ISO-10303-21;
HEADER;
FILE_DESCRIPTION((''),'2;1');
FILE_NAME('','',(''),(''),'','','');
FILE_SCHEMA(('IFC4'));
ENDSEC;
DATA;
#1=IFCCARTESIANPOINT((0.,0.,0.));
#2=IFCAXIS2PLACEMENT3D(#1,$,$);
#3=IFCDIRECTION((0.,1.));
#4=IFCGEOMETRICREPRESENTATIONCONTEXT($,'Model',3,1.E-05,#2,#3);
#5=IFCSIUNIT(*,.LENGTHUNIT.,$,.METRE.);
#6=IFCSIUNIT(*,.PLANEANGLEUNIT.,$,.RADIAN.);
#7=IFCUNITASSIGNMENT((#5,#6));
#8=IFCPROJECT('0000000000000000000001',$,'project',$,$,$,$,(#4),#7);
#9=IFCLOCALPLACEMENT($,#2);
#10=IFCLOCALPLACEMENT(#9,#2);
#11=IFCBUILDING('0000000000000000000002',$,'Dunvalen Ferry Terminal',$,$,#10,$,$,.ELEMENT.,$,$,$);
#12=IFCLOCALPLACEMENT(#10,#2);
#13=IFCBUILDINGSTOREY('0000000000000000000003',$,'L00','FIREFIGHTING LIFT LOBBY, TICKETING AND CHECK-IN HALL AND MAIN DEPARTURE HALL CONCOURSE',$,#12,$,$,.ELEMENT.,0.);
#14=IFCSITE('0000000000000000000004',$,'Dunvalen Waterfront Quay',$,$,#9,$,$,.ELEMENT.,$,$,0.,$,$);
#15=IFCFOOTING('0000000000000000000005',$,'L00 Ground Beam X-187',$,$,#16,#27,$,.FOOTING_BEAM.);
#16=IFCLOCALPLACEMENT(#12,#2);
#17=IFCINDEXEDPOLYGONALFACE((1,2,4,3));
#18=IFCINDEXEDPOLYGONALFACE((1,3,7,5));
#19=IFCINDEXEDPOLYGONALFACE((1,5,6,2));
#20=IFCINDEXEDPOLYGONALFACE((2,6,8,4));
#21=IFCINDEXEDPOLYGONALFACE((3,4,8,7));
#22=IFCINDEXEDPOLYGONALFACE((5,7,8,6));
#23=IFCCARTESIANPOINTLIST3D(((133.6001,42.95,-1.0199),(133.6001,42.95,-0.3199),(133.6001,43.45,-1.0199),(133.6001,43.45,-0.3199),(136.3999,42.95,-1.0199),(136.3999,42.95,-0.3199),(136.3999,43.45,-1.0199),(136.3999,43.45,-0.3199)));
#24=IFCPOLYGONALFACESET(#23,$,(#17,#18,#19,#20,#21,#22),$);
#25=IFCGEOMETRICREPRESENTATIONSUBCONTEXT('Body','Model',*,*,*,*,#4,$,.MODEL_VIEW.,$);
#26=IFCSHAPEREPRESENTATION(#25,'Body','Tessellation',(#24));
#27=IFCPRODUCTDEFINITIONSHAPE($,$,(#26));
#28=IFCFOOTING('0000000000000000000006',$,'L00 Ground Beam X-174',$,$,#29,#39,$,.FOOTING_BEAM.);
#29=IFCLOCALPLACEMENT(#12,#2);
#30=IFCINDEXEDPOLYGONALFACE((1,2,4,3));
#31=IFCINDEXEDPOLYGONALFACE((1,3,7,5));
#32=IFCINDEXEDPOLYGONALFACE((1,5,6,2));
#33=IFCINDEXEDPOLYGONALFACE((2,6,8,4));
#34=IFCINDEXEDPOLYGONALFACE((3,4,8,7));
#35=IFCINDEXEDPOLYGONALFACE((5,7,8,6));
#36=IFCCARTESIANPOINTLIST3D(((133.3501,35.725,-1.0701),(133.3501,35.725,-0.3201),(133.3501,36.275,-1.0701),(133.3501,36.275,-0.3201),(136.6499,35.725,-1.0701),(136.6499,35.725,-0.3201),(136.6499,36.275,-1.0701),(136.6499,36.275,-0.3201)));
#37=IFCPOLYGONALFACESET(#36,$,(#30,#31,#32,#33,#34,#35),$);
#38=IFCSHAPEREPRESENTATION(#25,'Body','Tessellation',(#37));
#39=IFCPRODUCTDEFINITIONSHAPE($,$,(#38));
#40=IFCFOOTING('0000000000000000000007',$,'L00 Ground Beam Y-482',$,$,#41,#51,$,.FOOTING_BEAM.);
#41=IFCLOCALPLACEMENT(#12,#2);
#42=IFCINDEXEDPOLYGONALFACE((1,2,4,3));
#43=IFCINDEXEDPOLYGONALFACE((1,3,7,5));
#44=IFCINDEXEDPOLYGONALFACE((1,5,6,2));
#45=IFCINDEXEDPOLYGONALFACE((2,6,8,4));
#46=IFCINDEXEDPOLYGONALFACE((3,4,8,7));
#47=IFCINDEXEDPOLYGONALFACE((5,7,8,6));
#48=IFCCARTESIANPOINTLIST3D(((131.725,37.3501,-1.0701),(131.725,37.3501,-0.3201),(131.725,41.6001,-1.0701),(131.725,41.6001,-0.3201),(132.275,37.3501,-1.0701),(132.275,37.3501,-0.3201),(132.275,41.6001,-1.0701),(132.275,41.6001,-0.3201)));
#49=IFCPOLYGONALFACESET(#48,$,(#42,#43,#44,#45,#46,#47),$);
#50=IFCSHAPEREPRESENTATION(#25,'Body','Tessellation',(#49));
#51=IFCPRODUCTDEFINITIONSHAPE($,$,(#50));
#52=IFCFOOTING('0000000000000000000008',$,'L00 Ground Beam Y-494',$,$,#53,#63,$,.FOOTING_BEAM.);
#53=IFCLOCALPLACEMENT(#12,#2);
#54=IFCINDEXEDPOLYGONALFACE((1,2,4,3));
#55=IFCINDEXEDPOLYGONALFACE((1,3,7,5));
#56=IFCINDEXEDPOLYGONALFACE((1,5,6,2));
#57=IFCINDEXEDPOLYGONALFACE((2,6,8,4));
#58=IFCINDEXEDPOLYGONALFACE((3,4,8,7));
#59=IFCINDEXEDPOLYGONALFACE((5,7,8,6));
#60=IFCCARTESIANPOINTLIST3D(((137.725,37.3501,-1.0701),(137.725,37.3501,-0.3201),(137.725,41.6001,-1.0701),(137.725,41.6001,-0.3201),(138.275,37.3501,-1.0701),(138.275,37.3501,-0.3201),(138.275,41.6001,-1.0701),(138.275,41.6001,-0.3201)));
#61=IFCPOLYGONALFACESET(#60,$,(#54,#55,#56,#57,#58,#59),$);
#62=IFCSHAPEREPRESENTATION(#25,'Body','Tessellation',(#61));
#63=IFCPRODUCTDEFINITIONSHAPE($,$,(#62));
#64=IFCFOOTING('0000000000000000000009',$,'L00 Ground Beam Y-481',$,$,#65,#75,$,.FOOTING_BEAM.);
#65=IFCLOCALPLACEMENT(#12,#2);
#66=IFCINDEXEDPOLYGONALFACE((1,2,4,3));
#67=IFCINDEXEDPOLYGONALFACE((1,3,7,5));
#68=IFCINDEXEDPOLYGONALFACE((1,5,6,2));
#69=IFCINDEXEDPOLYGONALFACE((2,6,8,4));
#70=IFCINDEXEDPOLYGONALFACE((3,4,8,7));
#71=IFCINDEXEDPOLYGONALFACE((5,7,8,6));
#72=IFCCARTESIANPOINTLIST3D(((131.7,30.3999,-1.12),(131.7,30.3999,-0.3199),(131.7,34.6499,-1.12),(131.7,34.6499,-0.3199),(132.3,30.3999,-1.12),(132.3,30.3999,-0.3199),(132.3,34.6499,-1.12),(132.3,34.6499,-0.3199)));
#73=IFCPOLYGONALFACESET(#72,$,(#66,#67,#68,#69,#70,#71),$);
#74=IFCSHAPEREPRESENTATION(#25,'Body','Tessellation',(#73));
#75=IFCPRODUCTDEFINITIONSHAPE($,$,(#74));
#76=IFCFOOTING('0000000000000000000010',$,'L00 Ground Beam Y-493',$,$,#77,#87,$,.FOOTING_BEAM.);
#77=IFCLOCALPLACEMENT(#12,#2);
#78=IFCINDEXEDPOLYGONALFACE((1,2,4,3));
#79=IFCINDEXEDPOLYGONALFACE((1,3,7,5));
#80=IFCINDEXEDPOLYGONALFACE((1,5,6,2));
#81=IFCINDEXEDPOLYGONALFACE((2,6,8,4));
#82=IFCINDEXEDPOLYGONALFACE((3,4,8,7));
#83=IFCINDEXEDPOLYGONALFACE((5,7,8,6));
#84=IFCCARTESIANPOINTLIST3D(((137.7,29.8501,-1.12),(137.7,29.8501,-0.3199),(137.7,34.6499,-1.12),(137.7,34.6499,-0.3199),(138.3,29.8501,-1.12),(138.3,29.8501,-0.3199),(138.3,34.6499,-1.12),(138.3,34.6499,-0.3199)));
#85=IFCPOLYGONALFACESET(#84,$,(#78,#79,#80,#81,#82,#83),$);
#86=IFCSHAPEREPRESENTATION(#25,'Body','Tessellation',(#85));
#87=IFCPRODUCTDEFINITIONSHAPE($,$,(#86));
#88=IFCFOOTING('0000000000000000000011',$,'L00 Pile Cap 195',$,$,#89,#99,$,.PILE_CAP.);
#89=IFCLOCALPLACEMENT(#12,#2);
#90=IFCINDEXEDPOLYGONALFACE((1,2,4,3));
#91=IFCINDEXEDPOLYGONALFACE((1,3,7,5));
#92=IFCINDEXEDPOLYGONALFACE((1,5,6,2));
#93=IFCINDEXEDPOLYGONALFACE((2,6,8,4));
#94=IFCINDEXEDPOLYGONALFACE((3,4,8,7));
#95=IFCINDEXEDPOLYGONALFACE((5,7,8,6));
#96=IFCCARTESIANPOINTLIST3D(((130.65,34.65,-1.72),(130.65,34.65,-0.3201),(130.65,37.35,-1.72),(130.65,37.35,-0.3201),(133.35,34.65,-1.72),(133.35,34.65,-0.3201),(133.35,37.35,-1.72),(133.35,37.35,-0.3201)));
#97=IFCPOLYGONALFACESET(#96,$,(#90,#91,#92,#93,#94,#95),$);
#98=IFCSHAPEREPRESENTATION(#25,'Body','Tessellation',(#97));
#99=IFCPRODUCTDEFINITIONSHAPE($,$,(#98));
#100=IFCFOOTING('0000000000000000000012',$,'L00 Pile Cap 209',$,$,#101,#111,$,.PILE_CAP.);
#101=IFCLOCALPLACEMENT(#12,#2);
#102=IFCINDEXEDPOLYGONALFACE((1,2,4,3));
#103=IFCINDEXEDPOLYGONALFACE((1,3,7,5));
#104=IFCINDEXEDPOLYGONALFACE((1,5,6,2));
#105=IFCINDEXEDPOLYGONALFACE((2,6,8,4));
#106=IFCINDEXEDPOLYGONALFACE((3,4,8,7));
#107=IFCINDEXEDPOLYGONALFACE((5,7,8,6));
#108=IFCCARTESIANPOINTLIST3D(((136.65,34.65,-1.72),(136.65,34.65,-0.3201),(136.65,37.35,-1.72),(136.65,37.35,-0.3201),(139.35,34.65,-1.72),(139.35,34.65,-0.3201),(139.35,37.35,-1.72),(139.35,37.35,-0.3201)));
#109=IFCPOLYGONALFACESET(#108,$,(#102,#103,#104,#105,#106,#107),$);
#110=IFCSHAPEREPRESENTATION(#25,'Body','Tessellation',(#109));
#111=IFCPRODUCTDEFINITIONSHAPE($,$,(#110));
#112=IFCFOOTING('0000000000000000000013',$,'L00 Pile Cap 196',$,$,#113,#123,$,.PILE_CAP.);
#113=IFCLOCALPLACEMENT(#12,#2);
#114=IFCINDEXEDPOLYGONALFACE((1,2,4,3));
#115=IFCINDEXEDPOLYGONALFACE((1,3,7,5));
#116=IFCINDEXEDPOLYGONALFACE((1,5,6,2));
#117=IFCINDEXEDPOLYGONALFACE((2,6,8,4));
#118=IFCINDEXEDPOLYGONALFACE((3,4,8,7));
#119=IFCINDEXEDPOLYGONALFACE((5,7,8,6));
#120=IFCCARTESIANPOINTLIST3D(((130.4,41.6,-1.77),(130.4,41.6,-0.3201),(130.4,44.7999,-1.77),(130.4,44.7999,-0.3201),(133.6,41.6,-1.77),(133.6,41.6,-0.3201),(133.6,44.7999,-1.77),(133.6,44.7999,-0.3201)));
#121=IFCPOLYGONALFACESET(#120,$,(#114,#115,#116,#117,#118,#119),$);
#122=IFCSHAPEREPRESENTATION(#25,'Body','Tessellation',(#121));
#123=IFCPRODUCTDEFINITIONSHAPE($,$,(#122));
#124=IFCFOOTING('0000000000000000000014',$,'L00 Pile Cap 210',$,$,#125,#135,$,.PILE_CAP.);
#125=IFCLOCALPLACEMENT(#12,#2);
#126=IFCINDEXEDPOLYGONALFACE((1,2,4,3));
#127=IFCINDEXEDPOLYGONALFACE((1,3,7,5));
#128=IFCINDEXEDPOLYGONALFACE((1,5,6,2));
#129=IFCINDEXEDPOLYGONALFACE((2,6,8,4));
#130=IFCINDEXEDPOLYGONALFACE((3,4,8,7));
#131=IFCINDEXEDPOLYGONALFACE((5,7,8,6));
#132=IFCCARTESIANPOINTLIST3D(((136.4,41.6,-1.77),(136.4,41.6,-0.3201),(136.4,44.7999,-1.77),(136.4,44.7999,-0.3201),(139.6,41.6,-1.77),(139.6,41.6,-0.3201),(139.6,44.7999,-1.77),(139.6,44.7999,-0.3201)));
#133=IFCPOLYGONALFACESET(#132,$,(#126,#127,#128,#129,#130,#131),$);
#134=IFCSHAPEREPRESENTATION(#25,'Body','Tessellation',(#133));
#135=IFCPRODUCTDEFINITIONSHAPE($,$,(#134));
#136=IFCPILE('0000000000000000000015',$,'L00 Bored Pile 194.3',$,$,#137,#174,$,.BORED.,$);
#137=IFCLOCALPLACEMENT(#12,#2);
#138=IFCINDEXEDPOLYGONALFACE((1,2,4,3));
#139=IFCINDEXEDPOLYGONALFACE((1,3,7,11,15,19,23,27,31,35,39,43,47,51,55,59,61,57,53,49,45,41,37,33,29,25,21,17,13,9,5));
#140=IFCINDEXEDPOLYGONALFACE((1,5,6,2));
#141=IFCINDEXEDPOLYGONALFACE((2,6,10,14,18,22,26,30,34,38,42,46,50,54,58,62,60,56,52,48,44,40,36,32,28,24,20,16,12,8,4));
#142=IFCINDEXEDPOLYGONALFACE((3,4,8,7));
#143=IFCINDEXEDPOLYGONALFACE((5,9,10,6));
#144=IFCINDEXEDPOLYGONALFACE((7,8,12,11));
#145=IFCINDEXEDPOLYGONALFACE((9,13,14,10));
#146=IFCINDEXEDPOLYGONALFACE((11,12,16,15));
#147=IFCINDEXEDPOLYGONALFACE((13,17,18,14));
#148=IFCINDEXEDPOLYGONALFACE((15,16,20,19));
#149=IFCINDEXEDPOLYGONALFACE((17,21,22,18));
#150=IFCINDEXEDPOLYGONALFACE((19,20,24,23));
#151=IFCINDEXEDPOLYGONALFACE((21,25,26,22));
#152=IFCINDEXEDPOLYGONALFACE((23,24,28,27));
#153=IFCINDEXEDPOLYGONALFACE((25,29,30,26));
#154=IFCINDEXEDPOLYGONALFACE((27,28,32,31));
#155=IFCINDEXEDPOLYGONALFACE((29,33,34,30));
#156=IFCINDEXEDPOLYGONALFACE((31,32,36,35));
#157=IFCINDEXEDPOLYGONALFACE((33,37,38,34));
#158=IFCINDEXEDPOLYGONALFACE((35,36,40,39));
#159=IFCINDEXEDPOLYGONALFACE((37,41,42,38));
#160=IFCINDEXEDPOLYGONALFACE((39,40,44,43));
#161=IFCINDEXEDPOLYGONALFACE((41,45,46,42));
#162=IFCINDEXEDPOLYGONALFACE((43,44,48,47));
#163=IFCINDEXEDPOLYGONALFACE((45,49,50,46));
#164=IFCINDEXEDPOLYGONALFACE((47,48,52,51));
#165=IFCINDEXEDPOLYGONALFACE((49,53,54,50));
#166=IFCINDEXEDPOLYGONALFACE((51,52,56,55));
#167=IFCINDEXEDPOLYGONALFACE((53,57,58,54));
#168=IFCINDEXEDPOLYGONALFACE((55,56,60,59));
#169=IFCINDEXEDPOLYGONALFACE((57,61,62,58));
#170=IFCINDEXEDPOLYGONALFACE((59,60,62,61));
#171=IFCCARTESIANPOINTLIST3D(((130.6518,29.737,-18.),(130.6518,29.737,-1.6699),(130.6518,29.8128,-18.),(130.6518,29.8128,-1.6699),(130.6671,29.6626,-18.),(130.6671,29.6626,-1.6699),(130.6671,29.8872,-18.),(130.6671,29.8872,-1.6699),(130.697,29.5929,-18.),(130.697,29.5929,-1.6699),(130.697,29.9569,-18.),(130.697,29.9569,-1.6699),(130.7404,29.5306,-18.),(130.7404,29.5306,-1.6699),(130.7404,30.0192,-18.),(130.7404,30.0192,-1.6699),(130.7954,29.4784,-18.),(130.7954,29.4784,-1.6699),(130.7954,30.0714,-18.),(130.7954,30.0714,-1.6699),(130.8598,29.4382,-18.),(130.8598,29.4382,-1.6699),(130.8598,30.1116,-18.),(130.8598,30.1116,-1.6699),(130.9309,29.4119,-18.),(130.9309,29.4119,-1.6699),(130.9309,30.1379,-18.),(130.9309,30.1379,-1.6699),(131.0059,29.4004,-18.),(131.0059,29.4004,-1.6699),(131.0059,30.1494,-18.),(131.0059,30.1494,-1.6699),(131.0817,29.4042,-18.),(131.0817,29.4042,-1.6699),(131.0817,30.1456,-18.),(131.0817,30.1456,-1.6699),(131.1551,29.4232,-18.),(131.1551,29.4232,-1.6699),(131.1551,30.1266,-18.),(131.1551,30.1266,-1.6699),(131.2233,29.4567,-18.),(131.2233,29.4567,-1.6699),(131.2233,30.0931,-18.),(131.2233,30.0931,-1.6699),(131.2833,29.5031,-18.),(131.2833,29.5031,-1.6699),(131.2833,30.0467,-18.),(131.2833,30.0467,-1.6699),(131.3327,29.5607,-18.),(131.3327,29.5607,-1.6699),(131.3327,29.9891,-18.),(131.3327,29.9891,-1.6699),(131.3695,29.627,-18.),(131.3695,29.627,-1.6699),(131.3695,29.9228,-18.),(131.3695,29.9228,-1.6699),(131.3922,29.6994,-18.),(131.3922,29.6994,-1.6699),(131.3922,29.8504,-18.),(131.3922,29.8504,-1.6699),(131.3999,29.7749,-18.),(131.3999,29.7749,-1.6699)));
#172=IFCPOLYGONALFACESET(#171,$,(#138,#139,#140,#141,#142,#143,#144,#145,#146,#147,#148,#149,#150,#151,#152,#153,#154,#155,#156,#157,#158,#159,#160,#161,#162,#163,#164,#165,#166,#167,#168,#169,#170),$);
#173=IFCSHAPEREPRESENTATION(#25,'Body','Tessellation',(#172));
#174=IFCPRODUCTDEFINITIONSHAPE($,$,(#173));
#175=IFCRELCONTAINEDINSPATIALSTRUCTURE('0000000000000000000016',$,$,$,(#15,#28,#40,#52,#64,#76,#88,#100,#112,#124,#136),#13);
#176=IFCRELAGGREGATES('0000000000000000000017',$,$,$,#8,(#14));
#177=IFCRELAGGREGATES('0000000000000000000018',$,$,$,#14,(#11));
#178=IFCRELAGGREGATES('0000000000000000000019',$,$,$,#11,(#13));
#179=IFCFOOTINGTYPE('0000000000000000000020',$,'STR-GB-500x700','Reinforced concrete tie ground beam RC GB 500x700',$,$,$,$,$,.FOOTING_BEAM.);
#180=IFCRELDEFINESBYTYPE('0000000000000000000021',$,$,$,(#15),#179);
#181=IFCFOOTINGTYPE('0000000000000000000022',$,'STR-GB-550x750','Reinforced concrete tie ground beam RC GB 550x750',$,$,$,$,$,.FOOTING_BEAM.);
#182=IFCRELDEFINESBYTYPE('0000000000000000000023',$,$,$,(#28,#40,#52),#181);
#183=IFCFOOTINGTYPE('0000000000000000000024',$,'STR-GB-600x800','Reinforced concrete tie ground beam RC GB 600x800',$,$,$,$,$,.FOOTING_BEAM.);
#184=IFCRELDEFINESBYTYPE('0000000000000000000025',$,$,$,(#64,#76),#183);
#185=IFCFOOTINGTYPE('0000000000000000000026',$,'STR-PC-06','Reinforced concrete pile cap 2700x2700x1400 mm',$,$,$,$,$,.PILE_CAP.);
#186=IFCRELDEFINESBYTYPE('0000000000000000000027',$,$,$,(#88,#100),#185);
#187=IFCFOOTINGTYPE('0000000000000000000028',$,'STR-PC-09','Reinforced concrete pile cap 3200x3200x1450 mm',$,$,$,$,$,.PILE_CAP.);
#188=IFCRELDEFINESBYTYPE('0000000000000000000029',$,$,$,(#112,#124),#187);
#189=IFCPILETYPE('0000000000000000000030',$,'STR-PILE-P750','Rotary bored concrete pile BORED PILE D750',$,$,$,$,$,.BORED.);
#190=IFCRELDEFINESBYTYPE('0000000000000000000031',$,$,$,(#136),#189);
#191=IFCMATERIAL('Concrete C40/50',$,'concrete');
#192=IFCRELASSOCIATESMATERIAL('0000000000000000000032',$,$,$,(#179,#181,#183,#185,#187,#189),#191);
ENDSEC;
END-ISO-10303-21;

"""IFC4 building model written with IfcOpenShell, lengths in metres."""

from ifc_helpers import new_model, si_unit, direction, frame, origin, origin_2d, place, context, subcontext, project, spatial, rectangle, circle, extrude, material, material_profile, profile_set, type_object, element, save


model = new_model("IFC4")

# Units and contexts
model_context = context("Model", 3, precision=1e-05, world=origin(), true_north=direction((0.0, 1.0)))
body_context = subcontext(model_context, "Body", "Model", "MODEL_VIEW")
ifc_project = project(units=[si_unit("LENGTHUNIT", "METRE"), si_unit("PLANEANGLEUNIT", "RADIAN")], contexts=[model_context])

# Site, building, storey
site_placement = place(None, origin())
site = spatial("IfcSite", under=ifc_project, at=site_placement, Name="Dunvalen Waterfront Quay", CompositionType="ELEMENT", RefElevation=0.0)
building_placement = place(site_placement, origin())
building = spatial("IfcBuilding", under=site, at=building_placement, Name="Dunvalen Ferry Terminal", CompositionType="ELEMENT")
storey_placement = place(building_placement, origin())
storey = spatial("IfcBuildingStorey", under=building, at=storey_placement, Name="L00", Description="FIREFIGHTING LIFT LOBBY, TICKETING AND CHECK-IN HALL AND MAIN DEPARTURE HALL CONCOURSE", CompositionType="ELEMENT", Elevation=0.0)

# Footings
ifc_material = material(Name="Concrete C40/50", Category="concrete")
ifc_material_profile_1 = material_profile(ifc_material, rectangle(XDim=0.5, YDim=0.7, at=origin_2d()), Name="Concrete C40/50")
ifc_profile_set_1 = profile_set([ifc_material_profile_1], Name="Concrete C40/50")
footing_type_1 = type_object("IfcFootingType", Name="STR-GB-500x700", Description="Reinforced concrete tie ground beam RC GB 500x700", PredefinedType="FOOTING_BEAM", material=ifc_profile_set_1)
footing_1_placement = place(storey_placement, frame((133.6001, 43.2, -0.6699), z_axis=(1.0, 0.0, 0.0), x_axis=(0.0, 1.0, 0.0)))
element("IfcFooting", 1, at=footing_1_placement, inside=storey, type_object=footing_type_1, Name="L00 Ground Beam X-187", PredefinedType="FOOTING_BEAM", context=body_context, shape_type="SweptSolid", body=[
    extrude(rectangle(XDim=0.5, YDim=0.7, at=origin_2d()), origin(), (0.0, 0.0, 1.0), 2.7998),
])
ifc_material_profile_2 = material_profile(ifc_material, rectangle(XDim=0.55, YDim=0.75, at=origin_2d()), Name="Concrete C40/50")
ifc_profile_set_2 = profile_set([ifc_material_profile_2], Name="Concrete C40/50")
footing_type_2 = type_object("IfcFootingType", Name="STR-GB-550x750", Description="Reinforced concrete tie ground beam RC GB 550x750", PredefinedType="FOOTING_BEAM", material=ifc_profile_set_2)
footing_2_placement = place(storey_placement, frame((133.3501, 36.0, -0.6951), z_axis=(1.0, 0.0, 0.0), x_axis=(0.0, 1.0, 0.0)))
element("IfcFooting", 2, at=footing_2_placement, inside=storey, type_object=footing_type_2, Name="L00 Ground Beam X-174", PredefinedType="FOOTING_BEAM", context=body_context, shape_type="SweptSolid", body=[
    extrude(rectangle(XDim=0.55, YDim=0.75, at=origin_2d()), origin(), (0.0, 0.0, 1.0), 3.2998),
])
for number, where, z_axis, x_axis, name in (
    (3, (132.0, 37.3501, -0.6951), (0.0, 1.0, 0.0), (-1.0, 0.0, 0.0), "L00 Ground Beam Y-482"),
    (4, (138.0, 37.3501, -0.6951), (0.0, 1.0, 0.0), (-1.0, 0.0, 0.0), "L00 Ground Beam Y-494"),
):
    element("IfcFooting", number, at=place(storey_placement, frame(where, z_axis=z_axis, x_axis=x_axis)), inside=storey, type_object=footing_type_2, Name=name, PredefinedType="FOOTING_BEAM", context=body_context, shape_type="SweptSolid", body=[
        extrude(rectangle(XDim=0.55, YDim=0.75, at=origin_2d()), origin(), (0.0, 0.0, 1.0), 4.25),
    ])
ifc_material_profile_3 = material_profile(ifc_material, rectangle(XDim=0.6001, YDim=0.8, at=origin_2d()), Name="Concrete C40/50")
ifc_profile_set_3 = profile_set([ifc_material_profile_3], Name="Concrete C40/50")
footing_type_3 = type_object("IfcFootingType", Name="STR-GB-600x800", Description="Reinforced concrete tie ground beam RC GB 600x800", PredefinedType="FOOTING_BEAM", material=ifc_profile_set_3)
footing_3_placement = place(storey_placement, frame((132.0, 30.3999, -0.72), z_axis=(0.0, 1.0, 0.0), x_axis=(-1.0, 0.0, 0.0)))
element("IfcFooting", 5, at=footing_3_placement, inside=storey, type_object=footing_type_3, Name="L00 Ground Beam Y-481", PredefinedType="FOOTING_BEAM", context=body_context, shape_type="SweptSolid", body=[
    extrude(rectangle(XDim=0.6001, YDim=0.8, at=origin_2d()), origin(), (0.0, 0.0, 1.0), 4.25),
])
footing_4_placement = place(storey_placement, frame((138.0, 29.8501, -0.72), z_axis=(0.0, 1.0, 0.0), x_axis=(-1.0, 0.0, 0.0)))
element("IfcFooting", 6, at=footing_4_placement, inside=storey, type_object=footing_type_3, Name="L00 Ground Beam Y-493", PredefinedType="FOOTING_BEAM", context=body_context, shape_type="SweptSolid", body=[
    extrude(rectangle(XDim=0.6001, YDim=0.8, at=origin_2d()), origin(), (0.0, 0.0, 1.0), 4.7998),
])
footing_type_4 = type_object("IfcFootingType", Name="STR-PC-06", Description="Reinforced concrete pile cap 2700x2700x1400 mm", PredefinedType="PILE_CAP", material=ifc_material)
for number, where, z_axis, x_axis, name in (
    (7, (132.0, 36.0, -1.72), (0.0, 0.0, 1.0), (1.0, 0.0, 0.0), "L00 Pile Cap 195"),
    (8, (138.0, 36.0, -1.72), (0.0, 0.0, 1.0), (1.0, 0.0, 0.0), "L00 Pile Cap 209"),
):
    element("IfcFooting", number, at=place(storey_placement, frame(where, z_axis=z_axis, x_axis=x_axis)), inside=storey, type_object=footing_type_4, Name=name, PredefinedType="PILE_CAP", context=body_context, shape_type="SweptSolid", body=[
        extrude(rectangle(XDim=2.7, YDim=2.7, at=origin_2d()), origin(), (0.0, 0.0, 1.0), 1.3999),
    ])
footing_type_5 = type_object("IfcFootingType", Name="STR-PC-09", Description="Reinforced concrete pile cap 3200x3200x1450 mm", PredefinedType="PILE_CAP", material=ifc_material)
for number, where, z_axis, x_axis, name in (
    (9, (132.0, 43.2, -1.77), (0.0, 0.0, 1.0), (1.0, 0.0, 0.0), "L00 Pile Cap 196"),
    (10, (138.0, 43.2, -1.77), (0.0, 0.0, 1.0), (1.0, 0.0, 0.0), "L00 Pile Cap 210"),
):
    element("IfcFooting", number, at=place(storey_placement, frame(where, z_axis=z_axis, x_axis=x_axis)), inside=storey, type_object=footing_type_5, Name=name, PredefinedType="PILE_CAP", context=body_context, shape_type="SweptSolid", body=[
        extrude(rectangle(XDim=3.2, YDim=3.2, at=origin_2d()), origin(), (0.0, 0.0, 1.0), 1.45),
    ])

# Pile
ifc_material_profile_4 = material_profile(ifc_material, circle(Radius=0.375, at=origin_2d()), Name="Concrete C40/50")
ifc_profile_set_4 = profile_set([ifc_material_profile_4], Name="Concrete C40/50")
pile_type = type_object("IfcPileType", Name="STR-PILE-P750", Description="Rotary bored concrete pile BORED PILE D750", PredefinedType="BORED", material=ifc_profile_set_4)
for number, where, z_axis, x_axis, name in (
    (11, (131.0249, 29.7749, -1.6699), (0.0, 0.0, -1.0), (1.0, 0.0, 0.0), "L00 Bored Pile 194.3"),
):
    element("IfcPile", number, at=place(storey_placement, frame(where, z_axis=z_axis, x_axis=x_axis)), inside=storey, type_object=pile_type, Name=name, PredefinedType="BORED", context=body_context, shape_type="SweptSolid", body=[
        extrude(circle(Radius=0.375, at=origin_2d()), origin(), (0.0, 0.0, 1.0), 16.3301),
    ])

save(model, "model.ifc")
